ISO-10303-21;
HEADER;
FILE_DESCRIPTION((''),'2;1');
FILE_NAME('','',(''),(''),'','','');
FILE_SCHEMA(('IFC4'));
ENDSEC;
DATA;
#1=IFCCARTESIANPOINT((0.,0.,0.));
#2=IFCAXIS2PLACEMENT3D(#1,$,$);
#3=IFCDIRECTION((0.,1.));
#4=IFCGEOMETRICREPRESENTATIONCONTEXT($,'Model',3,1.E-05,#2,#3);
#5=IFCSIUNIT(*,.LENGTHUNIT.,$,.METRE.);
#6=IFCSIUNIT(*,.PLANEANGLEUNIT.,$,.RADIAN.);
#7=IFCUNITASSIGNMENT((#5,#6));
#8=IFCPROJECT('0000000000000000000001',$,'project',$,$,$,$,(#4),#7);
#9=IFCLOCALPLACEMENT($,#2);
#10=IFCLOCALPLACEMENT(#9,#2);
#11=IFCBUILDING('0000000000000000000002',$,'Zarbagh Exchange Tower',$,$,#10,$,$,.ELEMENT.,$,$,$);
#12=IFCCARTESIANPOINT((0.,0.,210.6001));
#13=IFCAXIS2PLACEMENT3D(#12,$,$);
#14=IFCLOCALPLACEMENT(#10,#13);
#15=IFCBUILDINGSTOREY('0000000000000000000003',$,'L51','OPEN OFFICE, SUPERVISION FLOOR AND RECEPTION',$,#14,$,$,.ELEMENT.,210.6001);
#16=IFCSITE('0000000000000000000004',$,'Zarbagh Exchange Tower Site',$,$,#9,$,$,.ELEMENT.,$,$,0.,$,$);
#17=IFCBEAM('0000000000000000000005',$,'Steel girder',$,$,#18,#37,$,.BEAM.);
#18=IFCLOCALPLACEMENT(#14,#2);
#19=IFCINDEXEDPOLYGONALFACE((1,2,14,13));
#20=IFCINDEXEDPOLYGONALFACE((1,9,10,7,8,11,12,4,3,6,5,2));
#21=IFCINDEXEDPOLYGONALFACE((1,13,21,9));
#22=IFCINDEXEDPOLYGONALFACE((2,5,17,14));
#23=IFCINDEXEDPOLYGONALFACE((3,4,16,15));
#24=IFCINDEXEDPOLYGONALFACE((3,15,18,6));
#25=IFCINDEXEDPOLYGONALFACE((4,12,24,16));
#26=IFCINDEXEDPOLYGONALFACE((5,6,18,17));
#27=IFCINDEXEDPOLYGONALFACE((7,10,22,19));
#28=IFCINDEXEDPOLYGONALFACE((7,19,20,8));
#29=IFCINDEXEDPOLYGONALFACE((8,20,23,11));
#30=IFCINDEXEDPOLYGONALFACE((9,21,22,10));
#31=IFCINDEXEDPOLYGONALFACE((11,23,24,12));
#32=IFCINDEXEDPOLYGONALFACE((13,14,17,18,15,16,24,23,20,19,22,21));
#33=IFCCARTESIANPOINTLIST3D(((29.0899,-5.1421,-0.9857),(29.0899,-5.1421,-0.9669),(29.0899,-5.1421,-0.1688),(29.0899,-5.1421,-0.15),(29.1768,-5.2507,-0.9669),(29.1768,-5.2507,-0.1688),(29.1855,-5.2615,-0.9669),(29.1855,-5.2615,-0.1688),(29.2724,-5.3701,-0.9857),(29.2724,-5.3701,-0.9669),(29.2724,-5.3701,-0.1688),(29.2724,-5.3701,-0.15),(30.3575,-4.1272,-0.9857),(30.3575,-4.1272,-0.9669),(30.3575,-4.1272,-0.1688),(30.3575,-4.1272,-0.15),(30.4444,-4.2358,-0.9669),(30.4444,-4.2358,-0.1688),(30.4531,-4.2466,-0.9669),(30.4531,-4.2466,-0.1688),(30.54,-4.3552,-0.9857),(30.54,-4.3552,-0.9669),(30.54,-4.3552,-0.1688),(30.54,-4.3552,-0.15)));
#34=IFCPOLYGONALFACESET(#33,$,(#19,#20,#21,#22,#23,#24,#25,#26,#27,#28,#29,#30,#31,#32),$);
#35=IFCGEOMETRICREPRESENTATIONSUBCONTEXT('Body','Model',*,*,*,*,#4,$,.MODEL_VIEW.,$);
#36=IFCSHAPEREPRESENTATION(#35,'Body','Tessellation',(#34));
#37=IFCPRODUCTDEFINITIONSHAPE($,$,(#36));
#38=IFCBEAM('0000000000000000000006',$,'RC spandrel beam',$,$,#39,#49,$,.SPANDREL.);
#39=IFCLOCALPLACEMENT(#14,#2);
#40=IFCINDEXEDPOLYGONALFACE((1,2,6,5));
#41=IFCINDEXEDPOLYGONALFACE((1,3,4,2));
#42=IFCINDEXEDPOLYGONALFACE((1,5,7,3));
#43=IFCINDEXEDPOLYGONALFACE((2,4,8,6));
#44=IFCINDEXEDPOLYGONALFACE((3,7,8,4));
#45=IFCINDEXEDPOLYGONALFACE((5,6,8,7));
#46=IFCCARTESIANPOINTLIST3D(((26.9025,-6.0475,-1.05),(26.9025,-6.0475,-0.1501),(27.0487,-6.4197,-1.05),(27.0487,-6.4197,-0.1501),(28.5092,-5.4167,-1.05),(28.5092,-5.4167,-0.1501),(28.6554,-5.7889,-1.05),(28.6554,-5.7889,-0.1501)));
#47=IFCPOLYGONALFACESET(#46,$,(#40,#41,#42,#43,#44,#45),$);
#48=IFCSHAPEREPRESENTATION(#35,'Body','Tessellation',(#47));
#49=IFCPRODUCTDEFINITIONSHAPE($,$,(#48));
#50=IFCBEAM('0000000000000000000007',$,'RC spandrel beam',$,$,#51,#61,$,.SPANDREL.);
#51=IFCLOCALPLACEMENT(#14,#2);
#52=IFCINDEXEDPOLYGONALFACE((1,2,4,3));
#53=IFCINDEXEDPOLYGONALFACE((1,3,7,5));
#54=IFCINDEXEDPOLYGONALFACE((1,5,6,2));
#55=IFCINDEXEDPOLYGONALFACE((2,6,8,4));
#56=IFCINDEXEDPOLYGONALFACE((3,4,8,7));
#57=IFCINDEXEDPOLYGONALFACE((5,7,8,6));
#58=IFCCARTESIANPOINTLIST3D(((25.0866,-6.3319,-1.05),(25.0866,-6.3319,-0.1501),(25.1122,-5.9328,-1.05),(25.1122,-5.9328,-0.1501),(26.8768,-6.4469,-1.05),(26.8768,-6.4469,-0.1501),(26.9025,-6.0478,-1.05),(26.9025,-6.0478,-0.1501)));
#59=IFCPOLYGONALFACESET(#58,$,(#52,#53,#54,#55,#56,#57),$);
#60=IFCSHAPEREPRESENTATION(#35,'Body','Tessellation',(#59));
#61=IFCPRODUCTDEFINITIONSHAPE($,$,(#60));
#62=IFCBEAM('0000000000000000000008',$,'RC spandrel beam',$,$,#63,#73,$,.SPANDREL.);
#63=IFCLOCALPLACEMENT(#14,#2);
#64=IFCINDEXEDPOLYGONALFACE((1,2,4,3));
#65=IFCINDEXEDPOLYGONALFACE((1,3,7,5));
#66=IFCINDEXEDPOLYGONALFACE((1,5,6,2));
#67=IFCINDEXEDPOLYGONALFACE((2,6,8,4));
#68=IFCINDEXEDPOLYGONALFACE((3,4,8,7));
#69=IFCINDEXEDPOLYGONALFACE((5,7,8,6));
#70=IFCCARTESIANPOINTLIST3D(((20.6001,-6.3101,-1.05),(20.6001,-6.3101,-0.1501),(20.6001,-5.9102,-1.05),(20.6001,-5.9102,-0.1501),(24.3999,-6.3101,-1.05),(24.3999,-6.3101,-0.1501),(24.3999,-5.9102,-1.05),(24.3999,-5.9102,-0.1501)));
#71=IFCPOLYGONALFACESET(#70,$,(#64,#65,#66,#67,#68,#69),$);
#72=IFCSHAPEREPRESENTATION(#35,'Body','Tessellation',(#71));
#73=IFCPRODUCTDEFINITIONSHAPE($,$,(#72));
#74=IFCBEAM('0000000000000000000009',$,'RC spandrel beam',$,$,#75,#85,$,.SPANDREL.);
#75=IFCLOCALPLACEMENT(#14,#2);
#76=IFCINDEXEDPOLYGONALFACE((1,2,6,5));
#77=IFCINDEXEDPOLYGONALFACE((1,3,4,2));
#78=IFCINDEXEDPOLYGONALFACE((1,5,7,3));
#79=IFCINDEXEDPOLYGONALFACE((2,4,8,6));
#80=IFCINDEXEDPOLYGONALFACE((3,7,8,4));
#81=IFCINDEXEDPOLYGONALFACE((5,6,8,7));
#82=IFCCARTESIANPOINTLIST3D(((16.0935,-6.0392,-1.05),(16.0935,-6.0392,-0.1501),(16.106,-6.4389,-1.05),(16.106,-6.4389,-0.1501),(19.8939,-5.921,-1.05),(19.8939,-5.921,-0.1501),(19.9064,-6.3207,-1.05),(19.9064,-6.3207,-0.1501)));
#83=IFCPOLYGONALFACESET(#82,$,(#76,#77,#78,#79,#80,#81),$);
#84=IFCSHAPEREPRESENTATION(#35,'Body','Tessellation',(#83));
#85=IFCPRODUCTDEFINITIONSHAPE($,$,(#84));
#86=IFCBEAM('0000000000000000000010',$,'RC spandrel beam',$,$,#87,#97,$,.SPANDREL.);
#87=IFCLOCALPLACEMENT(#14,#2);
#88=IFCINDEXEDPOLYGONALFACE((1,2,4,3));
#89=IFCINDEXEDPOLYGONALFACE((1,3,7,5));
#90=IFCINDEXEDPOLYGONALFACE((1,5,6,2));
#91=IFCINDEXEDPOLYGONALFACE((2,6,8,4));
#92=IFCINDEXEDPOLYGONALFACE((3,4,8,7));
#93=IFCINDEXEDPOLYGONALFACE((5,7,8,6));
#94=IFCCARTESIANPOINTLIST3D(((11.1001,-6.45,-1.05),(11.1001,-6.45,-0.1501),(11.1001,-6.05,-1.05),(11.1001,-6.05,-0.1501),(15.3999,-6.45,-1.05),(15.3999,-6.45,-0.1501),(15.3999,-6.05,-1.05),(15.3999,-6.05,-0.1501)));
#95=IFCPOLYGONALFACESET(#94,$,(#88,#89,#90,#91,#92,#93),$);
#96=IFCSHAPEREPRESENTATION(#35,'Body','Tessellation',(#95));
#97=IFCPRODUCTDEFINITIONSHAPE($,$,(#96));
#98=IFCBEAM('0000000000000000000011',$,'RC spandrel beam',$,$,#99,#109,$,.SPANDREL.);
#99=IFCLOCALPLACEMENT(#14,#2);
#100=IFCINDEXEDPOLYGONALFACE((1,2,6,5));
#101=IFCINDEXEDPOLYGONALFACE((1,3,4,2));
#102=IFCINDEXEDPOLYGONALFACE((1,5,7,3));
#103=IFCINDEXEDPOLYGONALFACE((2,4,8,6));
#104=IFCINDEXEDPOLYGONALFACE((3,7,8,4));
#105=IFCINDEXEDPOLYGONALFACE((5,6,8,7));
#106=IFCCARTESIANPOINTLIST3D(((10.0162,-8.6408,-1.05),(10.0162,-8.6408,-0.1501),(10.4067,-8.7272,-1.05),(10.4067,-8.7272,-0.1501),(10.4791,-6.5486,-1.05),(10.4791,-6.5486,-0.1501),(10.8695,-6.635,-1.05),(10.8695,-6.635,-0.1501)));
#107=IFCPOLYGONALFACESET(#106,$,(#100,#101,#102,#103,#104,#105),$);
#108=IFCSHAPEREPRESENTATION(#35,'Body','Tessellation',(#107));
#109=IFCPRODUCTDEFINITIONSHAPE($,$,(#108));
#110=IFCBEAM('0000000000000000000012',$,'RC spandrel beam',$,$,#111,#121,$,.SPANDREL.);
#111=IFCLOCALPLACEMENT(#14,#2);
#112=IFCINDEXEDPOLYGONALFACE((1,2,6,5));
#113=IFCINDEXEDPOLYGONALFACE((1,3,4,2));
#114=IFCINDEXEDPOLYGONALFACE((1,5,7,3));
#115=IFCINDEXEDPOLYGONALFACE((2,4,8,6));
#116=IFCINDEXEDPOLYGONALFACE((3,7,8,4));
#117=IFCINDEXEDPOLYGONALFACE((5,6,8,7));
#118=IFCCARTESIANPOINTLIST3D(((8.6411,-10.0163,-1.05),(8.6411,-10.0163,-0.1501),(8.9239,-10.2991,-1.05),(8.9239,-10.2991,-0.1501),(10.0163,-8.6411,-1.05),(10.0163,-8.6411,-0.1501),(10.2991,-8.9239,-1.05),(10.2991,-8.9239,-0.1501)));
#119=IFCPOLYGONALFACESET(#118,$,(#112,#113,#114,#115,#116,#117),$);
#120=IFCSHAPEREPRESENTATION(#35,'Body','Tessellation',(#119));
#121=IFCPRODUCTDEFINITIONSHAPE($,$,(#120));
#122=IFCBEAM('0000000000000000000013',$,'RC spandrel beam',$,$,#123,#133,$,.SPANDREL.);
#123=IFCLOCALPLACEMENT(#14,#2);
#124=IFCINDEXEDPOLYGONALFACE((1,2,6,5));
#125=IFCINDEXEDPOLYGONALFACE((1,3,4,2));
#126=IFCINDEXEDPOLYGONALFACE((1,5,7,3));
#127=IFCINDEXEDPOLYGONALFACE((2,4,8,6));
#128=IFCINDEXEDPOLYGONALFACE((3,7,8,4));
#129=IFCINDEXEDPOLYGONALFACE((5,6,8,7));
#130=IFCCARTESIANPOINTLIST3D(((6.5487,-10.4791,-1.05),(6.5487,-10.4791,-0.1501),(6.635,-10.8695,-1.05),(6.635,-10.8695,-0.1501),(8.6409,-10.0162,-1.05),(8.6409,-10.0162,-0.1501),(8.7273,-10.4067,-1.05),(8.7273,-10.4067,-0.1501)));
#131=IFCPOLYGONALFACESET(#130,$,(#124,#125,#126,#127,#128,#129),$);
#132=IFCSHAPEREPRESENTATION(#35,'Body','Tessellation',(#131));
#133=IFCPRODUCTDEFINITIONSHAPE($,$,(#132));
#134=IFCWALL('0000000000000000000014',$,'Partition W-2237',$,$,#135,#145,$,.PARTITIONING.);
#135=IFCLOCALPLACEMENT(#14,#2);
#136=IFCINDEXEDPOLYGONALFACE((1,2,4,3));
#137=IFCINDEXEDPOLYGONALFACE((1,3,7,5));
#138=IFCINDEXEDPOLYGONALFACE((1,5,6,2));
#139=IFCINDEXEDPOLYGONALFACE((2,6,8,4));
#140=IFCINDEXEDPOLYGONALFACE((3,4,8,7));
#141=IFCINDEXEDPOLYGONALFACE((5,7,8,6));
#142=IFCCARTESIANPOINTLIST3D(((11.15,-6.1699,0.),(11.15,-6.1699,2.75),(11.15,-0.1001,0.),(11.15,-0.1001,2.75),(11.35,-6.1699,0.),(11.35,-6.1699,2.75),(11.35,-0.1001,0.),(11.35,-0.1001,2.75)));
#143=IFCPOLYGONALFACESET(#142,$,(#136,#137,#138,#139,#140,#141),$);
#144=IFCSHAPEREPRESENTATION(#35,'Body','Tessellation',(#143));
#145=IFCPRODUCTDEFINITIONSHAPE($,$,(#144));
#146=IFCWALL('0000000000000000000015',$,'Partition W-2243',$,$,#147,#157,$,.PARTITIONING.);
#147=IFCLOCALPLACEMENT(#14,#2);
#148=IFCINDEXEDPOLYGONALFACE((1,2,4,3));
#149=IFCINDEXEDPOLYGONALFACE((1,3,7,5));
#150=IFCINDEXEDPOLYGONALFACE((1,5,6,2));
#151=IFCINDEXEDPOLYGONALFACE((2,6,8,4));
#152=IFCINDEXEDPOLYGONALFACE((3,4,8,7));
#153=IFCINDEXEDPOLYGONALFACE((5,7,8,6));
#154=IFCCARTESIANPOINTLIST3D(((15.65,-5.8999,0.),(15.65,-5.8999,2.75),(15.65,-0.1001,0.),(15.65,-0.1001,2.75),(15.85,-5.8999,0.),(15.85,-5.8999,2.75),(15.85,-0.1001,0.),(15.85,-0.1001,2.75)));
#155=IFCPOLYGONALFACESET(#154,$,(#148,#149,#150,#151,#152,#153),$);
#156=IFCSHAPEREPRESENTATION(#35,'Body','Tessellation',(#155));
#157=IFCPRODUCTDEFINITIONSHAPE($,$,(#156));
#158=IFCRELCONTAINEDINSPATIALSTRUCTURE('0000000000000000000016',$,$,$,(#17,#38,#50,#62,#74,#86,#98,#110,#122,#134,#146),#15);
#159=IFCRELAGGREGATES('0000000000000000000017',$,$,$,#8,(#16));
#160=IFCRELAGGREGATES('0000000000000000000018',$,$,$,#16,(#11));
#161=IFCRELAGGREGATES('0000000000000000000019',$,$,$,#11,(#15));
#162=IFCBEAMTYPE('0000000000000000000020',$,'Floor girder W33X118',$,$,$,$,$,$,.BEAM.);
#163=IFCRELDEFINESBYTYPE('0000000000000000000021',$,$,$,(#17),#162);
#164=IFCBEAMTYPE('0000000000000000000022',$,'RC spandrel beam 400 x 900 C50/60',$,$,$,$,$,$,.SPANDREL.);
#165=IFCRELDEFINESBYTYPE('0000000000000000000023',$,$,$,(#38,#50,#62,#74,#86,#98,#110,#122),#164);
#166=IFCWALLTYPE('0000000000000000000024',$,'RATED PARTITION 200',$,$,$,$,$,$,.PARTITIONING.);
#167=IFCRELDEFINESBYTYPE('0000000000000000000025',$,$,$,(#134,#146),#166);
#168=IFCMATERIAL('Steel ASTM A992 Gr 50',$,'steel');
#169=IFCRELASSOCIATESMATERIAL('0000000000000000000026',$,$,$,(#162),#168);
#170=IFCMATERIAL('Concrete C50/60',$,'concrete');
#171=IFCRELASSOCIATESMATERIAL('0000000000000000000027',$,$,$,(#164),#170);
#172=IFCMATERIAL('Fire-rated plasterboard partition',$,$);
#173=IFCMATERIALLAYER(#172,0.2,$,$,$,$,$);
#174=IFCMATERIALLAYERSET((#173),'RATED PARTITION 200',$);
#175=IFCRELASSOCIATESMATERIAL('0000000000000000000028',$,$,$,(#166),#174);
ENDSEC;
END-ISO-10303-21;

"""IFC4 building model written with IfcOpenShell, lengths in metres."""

from ifc_helpers import new_model, si_unit, direction, frame, frame_2d, origin, origin_2d, place, context, subcontext, project, spatial, rectangle, i_section, extrude, material, layer, layer_set, material_profile, profile_set, type_object, element, save


model = new_model("IFC4")

# Units and contexts
model_context = context("Model", 3, precision=1e-05, world=origin(), true_north=direction((0.0, 1.0)))
body_context = subcontext(model_context, "Body", "Model", "MODEL_VIEW")
ifc_project = project(units=[si_unit("LENGTHUNIT", "METRE"), si_unit("PLANEANGLEUNIT", "RADIAN")], contexts=[model_context])

# Site, building, storey
site_placement = place(None, origin())
site = spatial("IfcSite", under=ifc_project, at=site_placement, Name="Zarbagh Exchange Tower Site", CompositionType="ELEMENT", RefElevation=0.0)
building_placement = place(site_placement, origin())
building = spatial("IfcBuilding", under=site, at=building_placement, Name="Zarbagh Exchange Tower", CompositionType="ELEMENT")
storey_placement = place(building_placement, frame((0.0, 0.0, 210.6001)))
storey = spatial("IfcBuildingStorey", under=building, at=storey_placement, Name="L51", Description="OPEN OFFICE, SUPERVISION FLOOR AND RECEPTION", CompositionType="ELEMENT", Elevation=210.6001)

# Shared definitions
ifc_material_1 = material(Name="Concrete C50/60", Category="concrete")

# Beams
ifc_material_2 = material(Name="Steel ASTM A992 Gr 50", Category="steel")
ifc_material_profile_1 = material_profile(ifc_material_2, i_section(OverallWidth=0.292, OverallDepth=0.8357, WebThickness=0.0139, FlangeThickness=0.0188, at=origin_2d()), Name="W33X118")
ifc_profile_set_1 = profile_set([ifc_material_profile_1], Name="Steel ASTM A992 Gr 50")
beam_type_1 = type_object("IfcBeamType", Name="Floor girder W33X118", PredefinedType="BEAM", material=ifc_profile_set_1)
beam_1_placement = place(storey_placement, frame((30.4487, -4.2412, -0.5679), z_axis=(-0.780619, -0.625007, 0.0), x_axis=(0.625007, -0.780619, 0.0)))
element("IfcBeam", 1, at=beam_1_placement, inside=storey, type_object=beam_type_1, Name="Steel girder", PredefinedType="BEAM", context=body_context, shape_type="SweptSolid", body=[
    extrude(i_section(OverallWidth=0.292, OverallDepth=0.8357, WebThickness=0.0139, FlangeThickness=0.0188, at=origin_2d()), origin(), (0.0, 0.0, 1.0), 1.6238),
])
ifc_material_profile_2 = material_profile(ifc_material_1, rectangle(XDim=0.3999, YDim=0.8999, at=origin_2d()), Name="RC spandrel beam 400 x 900 C50/60")
ifc_profile_set_2 = profile_set([ifc_material_profile_2], Name="Concrete C50/60")
beam_type_2 = type_object("IfcBeamType", Name="RC spandrel beam 400 x 900 C50/60", PredefinedType="SPANDREL", material=ifc_profile_set_2)
beam_2_placement = place(storey_placement, frame((28.5823, -5.6028, -0.6001), z_axis=(-0.930819, -0.365482, 0.0), x_axis=(0.365482, -0.930819, 0.0)))
element("IfcBeam", 2, at=beam_2_placement, inside=storey, type_object=beam_type_2, Name="RC spandrel beam", PredefinedType="SPANDREL", context=body_context, shape_type="SweptSolid", body=[
    extrude(rectangle(XDim=0.3999, YDim=0.8999, at=origin_2d()), origin(), (0.0, 0.0, 1.0), 1.7261),
])
beam_3_placement = place(storey_placement, frame((26.8896, -6.2473, -0.6001), z_axis=(-0.997944, 0.064098, 0.0), x_axis=(-0.064098, -0.997944, 0.0)))
element("IfcBeam", 3, at=beam_3_placement, inside=storey, type_object=beam_type_2, Name="RC spandrel beam", PredefinedType="SPANDREL", context=body_context, shape_type="SweptSolid", body=[
    extrude(rectangle(XDim=0.3999, YDim=0.8999, at=origin_2d()), origin(), (0.0, 0.0, 1.0), 1.7939),
])
beam_4_placement = place(storey_placement, frame((24.3999, -6.1101, -0.6001), z_axis=(-1.0, 0.0, 0.0), x_axis=(0.0, -1.0, 0.0)))
element("IfcBeam", 4, at=beam_4_placement, inside=storey, type_object=beam_type_2, Name="RC spandrel beam", PredefinedType="SPANDREL", context=body_context, shape_type="SweptSolid", body=[
    extrude(rectangle(XDim=0.3999, YDim=0.8999, at=origin_2d()), origin(), (0.0, 0.0, 1.0), 3.7998),
])
beam_5_placement = place(storey_placement, frame((19.9001, -6.1208, -0.6001), z_axis=(-0.999517, -0.031078, 0.0), x_axis=(0.031078, -0.999517, 0.0)))
element("IfcBeam", 5, at=beam_5_placement, inside=storey, type_object=beam_type_2, Name="RC spandrel beam", PredefinedType="SPANDREL", context=body_context, shape_type="SweptSolid", body=[
    extrude(rectangle(XDim=0.3999, YDim=0.8999, at=origin_2d()), origin(), (0.0, 0.0, 1.0), 3.8022),
])
beam_6_placement = place(storey_placement, frame((15.3999, -6.25, -0.6001), z_axis=(-1.0, 0.0, 0.0), x_axis=(0.0, -1.0, 0.0)))
element("IfcBeam", 6, at=beam_6_placement, inside=storey, type_object=beam_type_2, Name="RC spandrel beam", PredefinedType="SPANDREL", context=body_context, shape_type="SweptSolid", body=[
    extrude(rectangle(XDim=0.3999, YDim=0.8999, at=origin_2d()), origin(), (0.0, 0.0, 1.0), 4.2998),
])
beam_7_placement = place(storey_placement, frame((10.6743, -6.5918, -0.6001), z_axis=(-0.216014, -0.97639, 0.0), x_axis=(0.97639, -0.216014, 0.0)))
element("IfcBeam", 7, at=beam_7_placement, inside=storey, type_object=beam_type_2, Name="RC spandrel beam", PredefinedType="SPANDREL", context=body_context, shape_type="SweptSolid", body=[
    extrude(rectangle(XDim=0.3999, YDim=0.8999, at=origin_2d()), origin(), (0.0, 0.0, 1.0), 2.1428),
])
beam_8_placement = place(storey_placement, frame((10.1577, -8.7825, -0.6001), z_axis=(-0.707107, -0.707107, 0.0), x_axis=(0.707107, -0.707107, 0.0)))
element("IfcBeam", 8, at=beam_8_placement, inside=storey, type_object=beam_type_2, Name="RC spandrel beam", PredefinedType="SPANDREL", context=body_context, shape_type="SweptSolid", body=[
    extrude(rectangle(XDim=0.3999, YDim=0.8999, at=origin_2d()), origin(), (0.0, 0.0, 1.0), 1.9448),
])
beam_9_placement = place(storey_placement, frame((8.6841, -10.2114, -0.6001), z_axis=(-0.97639, -0.216014, 0.0), x_axis=(0.216014, -0.97639, 0.0)))
element("IfcBeam", 9, at=beam_9_placement, inside=storey, type_object=beam_type_2, Name="RC spandrel beam", PredefinedType="SPANDREL", context=body_context, shape_type="SweptSolid", body=[
    extrude(rectangle(XDim=0.3999, YDim=0.8999, at=origin_2d()), origin(), (0.0, 0.0, 1.0), 2.1428),
])

# Walls
ifc_material_3 = material(Name="Fire-rated plasterboard partition")
ifc_layer = layer(ifc_material_3, 0.2)
ifc_layer_set = layer_set([ifc_layer], Name="RATED PARTITION 200")
wall_type = type_object("IfcWallType", Name="RATED PARTITION 200", PredefinedType="PARTITIONING", material=ifc_layer_set)
wall_1_placement = place(storey_placement, frame((11.25, -6.1699, 0.0), z_axis=(0.0, 0.0, 1.0), x_axis=(0.0, 1.0, 0.0)))
element("IfcWall", 10, at=wall_1_placement, inside=storey, type_object=wall_type, Name="Partition W-2237", PredefinedType="PARTITIONING", context=body_context, shape_type="SweptSolid", body=[
    extrude(rectangle(XDim=6.0698, YDim=0.2, at=frame_2d((3.0349, 0.0))), origin(), (0.0, 0.0, 1.0), 2.75),
])
wall_2_placement = place(storey_placement, frame((15.75, -5.8999, 0.0), z_axis=(0.0, 0.0, 1.0), x_axis=(0.0, 1.0, 0.0)))
element("IfcWall", 11, at=wall_2_placement, inside=storey, type_object=wall_type, Name="Partition W-2243", PredefinedType="PARTITIONING", context=body_context, shape_type="SweptSolid", body=[
    extrude(rectangle(XDim=5.7998, YDim=0.2, at=frame_2d((2.8999, 0.0))), origin(), (0.0, 0.0, 1.0), 2.75),
])

save(model, "model.ifc")
